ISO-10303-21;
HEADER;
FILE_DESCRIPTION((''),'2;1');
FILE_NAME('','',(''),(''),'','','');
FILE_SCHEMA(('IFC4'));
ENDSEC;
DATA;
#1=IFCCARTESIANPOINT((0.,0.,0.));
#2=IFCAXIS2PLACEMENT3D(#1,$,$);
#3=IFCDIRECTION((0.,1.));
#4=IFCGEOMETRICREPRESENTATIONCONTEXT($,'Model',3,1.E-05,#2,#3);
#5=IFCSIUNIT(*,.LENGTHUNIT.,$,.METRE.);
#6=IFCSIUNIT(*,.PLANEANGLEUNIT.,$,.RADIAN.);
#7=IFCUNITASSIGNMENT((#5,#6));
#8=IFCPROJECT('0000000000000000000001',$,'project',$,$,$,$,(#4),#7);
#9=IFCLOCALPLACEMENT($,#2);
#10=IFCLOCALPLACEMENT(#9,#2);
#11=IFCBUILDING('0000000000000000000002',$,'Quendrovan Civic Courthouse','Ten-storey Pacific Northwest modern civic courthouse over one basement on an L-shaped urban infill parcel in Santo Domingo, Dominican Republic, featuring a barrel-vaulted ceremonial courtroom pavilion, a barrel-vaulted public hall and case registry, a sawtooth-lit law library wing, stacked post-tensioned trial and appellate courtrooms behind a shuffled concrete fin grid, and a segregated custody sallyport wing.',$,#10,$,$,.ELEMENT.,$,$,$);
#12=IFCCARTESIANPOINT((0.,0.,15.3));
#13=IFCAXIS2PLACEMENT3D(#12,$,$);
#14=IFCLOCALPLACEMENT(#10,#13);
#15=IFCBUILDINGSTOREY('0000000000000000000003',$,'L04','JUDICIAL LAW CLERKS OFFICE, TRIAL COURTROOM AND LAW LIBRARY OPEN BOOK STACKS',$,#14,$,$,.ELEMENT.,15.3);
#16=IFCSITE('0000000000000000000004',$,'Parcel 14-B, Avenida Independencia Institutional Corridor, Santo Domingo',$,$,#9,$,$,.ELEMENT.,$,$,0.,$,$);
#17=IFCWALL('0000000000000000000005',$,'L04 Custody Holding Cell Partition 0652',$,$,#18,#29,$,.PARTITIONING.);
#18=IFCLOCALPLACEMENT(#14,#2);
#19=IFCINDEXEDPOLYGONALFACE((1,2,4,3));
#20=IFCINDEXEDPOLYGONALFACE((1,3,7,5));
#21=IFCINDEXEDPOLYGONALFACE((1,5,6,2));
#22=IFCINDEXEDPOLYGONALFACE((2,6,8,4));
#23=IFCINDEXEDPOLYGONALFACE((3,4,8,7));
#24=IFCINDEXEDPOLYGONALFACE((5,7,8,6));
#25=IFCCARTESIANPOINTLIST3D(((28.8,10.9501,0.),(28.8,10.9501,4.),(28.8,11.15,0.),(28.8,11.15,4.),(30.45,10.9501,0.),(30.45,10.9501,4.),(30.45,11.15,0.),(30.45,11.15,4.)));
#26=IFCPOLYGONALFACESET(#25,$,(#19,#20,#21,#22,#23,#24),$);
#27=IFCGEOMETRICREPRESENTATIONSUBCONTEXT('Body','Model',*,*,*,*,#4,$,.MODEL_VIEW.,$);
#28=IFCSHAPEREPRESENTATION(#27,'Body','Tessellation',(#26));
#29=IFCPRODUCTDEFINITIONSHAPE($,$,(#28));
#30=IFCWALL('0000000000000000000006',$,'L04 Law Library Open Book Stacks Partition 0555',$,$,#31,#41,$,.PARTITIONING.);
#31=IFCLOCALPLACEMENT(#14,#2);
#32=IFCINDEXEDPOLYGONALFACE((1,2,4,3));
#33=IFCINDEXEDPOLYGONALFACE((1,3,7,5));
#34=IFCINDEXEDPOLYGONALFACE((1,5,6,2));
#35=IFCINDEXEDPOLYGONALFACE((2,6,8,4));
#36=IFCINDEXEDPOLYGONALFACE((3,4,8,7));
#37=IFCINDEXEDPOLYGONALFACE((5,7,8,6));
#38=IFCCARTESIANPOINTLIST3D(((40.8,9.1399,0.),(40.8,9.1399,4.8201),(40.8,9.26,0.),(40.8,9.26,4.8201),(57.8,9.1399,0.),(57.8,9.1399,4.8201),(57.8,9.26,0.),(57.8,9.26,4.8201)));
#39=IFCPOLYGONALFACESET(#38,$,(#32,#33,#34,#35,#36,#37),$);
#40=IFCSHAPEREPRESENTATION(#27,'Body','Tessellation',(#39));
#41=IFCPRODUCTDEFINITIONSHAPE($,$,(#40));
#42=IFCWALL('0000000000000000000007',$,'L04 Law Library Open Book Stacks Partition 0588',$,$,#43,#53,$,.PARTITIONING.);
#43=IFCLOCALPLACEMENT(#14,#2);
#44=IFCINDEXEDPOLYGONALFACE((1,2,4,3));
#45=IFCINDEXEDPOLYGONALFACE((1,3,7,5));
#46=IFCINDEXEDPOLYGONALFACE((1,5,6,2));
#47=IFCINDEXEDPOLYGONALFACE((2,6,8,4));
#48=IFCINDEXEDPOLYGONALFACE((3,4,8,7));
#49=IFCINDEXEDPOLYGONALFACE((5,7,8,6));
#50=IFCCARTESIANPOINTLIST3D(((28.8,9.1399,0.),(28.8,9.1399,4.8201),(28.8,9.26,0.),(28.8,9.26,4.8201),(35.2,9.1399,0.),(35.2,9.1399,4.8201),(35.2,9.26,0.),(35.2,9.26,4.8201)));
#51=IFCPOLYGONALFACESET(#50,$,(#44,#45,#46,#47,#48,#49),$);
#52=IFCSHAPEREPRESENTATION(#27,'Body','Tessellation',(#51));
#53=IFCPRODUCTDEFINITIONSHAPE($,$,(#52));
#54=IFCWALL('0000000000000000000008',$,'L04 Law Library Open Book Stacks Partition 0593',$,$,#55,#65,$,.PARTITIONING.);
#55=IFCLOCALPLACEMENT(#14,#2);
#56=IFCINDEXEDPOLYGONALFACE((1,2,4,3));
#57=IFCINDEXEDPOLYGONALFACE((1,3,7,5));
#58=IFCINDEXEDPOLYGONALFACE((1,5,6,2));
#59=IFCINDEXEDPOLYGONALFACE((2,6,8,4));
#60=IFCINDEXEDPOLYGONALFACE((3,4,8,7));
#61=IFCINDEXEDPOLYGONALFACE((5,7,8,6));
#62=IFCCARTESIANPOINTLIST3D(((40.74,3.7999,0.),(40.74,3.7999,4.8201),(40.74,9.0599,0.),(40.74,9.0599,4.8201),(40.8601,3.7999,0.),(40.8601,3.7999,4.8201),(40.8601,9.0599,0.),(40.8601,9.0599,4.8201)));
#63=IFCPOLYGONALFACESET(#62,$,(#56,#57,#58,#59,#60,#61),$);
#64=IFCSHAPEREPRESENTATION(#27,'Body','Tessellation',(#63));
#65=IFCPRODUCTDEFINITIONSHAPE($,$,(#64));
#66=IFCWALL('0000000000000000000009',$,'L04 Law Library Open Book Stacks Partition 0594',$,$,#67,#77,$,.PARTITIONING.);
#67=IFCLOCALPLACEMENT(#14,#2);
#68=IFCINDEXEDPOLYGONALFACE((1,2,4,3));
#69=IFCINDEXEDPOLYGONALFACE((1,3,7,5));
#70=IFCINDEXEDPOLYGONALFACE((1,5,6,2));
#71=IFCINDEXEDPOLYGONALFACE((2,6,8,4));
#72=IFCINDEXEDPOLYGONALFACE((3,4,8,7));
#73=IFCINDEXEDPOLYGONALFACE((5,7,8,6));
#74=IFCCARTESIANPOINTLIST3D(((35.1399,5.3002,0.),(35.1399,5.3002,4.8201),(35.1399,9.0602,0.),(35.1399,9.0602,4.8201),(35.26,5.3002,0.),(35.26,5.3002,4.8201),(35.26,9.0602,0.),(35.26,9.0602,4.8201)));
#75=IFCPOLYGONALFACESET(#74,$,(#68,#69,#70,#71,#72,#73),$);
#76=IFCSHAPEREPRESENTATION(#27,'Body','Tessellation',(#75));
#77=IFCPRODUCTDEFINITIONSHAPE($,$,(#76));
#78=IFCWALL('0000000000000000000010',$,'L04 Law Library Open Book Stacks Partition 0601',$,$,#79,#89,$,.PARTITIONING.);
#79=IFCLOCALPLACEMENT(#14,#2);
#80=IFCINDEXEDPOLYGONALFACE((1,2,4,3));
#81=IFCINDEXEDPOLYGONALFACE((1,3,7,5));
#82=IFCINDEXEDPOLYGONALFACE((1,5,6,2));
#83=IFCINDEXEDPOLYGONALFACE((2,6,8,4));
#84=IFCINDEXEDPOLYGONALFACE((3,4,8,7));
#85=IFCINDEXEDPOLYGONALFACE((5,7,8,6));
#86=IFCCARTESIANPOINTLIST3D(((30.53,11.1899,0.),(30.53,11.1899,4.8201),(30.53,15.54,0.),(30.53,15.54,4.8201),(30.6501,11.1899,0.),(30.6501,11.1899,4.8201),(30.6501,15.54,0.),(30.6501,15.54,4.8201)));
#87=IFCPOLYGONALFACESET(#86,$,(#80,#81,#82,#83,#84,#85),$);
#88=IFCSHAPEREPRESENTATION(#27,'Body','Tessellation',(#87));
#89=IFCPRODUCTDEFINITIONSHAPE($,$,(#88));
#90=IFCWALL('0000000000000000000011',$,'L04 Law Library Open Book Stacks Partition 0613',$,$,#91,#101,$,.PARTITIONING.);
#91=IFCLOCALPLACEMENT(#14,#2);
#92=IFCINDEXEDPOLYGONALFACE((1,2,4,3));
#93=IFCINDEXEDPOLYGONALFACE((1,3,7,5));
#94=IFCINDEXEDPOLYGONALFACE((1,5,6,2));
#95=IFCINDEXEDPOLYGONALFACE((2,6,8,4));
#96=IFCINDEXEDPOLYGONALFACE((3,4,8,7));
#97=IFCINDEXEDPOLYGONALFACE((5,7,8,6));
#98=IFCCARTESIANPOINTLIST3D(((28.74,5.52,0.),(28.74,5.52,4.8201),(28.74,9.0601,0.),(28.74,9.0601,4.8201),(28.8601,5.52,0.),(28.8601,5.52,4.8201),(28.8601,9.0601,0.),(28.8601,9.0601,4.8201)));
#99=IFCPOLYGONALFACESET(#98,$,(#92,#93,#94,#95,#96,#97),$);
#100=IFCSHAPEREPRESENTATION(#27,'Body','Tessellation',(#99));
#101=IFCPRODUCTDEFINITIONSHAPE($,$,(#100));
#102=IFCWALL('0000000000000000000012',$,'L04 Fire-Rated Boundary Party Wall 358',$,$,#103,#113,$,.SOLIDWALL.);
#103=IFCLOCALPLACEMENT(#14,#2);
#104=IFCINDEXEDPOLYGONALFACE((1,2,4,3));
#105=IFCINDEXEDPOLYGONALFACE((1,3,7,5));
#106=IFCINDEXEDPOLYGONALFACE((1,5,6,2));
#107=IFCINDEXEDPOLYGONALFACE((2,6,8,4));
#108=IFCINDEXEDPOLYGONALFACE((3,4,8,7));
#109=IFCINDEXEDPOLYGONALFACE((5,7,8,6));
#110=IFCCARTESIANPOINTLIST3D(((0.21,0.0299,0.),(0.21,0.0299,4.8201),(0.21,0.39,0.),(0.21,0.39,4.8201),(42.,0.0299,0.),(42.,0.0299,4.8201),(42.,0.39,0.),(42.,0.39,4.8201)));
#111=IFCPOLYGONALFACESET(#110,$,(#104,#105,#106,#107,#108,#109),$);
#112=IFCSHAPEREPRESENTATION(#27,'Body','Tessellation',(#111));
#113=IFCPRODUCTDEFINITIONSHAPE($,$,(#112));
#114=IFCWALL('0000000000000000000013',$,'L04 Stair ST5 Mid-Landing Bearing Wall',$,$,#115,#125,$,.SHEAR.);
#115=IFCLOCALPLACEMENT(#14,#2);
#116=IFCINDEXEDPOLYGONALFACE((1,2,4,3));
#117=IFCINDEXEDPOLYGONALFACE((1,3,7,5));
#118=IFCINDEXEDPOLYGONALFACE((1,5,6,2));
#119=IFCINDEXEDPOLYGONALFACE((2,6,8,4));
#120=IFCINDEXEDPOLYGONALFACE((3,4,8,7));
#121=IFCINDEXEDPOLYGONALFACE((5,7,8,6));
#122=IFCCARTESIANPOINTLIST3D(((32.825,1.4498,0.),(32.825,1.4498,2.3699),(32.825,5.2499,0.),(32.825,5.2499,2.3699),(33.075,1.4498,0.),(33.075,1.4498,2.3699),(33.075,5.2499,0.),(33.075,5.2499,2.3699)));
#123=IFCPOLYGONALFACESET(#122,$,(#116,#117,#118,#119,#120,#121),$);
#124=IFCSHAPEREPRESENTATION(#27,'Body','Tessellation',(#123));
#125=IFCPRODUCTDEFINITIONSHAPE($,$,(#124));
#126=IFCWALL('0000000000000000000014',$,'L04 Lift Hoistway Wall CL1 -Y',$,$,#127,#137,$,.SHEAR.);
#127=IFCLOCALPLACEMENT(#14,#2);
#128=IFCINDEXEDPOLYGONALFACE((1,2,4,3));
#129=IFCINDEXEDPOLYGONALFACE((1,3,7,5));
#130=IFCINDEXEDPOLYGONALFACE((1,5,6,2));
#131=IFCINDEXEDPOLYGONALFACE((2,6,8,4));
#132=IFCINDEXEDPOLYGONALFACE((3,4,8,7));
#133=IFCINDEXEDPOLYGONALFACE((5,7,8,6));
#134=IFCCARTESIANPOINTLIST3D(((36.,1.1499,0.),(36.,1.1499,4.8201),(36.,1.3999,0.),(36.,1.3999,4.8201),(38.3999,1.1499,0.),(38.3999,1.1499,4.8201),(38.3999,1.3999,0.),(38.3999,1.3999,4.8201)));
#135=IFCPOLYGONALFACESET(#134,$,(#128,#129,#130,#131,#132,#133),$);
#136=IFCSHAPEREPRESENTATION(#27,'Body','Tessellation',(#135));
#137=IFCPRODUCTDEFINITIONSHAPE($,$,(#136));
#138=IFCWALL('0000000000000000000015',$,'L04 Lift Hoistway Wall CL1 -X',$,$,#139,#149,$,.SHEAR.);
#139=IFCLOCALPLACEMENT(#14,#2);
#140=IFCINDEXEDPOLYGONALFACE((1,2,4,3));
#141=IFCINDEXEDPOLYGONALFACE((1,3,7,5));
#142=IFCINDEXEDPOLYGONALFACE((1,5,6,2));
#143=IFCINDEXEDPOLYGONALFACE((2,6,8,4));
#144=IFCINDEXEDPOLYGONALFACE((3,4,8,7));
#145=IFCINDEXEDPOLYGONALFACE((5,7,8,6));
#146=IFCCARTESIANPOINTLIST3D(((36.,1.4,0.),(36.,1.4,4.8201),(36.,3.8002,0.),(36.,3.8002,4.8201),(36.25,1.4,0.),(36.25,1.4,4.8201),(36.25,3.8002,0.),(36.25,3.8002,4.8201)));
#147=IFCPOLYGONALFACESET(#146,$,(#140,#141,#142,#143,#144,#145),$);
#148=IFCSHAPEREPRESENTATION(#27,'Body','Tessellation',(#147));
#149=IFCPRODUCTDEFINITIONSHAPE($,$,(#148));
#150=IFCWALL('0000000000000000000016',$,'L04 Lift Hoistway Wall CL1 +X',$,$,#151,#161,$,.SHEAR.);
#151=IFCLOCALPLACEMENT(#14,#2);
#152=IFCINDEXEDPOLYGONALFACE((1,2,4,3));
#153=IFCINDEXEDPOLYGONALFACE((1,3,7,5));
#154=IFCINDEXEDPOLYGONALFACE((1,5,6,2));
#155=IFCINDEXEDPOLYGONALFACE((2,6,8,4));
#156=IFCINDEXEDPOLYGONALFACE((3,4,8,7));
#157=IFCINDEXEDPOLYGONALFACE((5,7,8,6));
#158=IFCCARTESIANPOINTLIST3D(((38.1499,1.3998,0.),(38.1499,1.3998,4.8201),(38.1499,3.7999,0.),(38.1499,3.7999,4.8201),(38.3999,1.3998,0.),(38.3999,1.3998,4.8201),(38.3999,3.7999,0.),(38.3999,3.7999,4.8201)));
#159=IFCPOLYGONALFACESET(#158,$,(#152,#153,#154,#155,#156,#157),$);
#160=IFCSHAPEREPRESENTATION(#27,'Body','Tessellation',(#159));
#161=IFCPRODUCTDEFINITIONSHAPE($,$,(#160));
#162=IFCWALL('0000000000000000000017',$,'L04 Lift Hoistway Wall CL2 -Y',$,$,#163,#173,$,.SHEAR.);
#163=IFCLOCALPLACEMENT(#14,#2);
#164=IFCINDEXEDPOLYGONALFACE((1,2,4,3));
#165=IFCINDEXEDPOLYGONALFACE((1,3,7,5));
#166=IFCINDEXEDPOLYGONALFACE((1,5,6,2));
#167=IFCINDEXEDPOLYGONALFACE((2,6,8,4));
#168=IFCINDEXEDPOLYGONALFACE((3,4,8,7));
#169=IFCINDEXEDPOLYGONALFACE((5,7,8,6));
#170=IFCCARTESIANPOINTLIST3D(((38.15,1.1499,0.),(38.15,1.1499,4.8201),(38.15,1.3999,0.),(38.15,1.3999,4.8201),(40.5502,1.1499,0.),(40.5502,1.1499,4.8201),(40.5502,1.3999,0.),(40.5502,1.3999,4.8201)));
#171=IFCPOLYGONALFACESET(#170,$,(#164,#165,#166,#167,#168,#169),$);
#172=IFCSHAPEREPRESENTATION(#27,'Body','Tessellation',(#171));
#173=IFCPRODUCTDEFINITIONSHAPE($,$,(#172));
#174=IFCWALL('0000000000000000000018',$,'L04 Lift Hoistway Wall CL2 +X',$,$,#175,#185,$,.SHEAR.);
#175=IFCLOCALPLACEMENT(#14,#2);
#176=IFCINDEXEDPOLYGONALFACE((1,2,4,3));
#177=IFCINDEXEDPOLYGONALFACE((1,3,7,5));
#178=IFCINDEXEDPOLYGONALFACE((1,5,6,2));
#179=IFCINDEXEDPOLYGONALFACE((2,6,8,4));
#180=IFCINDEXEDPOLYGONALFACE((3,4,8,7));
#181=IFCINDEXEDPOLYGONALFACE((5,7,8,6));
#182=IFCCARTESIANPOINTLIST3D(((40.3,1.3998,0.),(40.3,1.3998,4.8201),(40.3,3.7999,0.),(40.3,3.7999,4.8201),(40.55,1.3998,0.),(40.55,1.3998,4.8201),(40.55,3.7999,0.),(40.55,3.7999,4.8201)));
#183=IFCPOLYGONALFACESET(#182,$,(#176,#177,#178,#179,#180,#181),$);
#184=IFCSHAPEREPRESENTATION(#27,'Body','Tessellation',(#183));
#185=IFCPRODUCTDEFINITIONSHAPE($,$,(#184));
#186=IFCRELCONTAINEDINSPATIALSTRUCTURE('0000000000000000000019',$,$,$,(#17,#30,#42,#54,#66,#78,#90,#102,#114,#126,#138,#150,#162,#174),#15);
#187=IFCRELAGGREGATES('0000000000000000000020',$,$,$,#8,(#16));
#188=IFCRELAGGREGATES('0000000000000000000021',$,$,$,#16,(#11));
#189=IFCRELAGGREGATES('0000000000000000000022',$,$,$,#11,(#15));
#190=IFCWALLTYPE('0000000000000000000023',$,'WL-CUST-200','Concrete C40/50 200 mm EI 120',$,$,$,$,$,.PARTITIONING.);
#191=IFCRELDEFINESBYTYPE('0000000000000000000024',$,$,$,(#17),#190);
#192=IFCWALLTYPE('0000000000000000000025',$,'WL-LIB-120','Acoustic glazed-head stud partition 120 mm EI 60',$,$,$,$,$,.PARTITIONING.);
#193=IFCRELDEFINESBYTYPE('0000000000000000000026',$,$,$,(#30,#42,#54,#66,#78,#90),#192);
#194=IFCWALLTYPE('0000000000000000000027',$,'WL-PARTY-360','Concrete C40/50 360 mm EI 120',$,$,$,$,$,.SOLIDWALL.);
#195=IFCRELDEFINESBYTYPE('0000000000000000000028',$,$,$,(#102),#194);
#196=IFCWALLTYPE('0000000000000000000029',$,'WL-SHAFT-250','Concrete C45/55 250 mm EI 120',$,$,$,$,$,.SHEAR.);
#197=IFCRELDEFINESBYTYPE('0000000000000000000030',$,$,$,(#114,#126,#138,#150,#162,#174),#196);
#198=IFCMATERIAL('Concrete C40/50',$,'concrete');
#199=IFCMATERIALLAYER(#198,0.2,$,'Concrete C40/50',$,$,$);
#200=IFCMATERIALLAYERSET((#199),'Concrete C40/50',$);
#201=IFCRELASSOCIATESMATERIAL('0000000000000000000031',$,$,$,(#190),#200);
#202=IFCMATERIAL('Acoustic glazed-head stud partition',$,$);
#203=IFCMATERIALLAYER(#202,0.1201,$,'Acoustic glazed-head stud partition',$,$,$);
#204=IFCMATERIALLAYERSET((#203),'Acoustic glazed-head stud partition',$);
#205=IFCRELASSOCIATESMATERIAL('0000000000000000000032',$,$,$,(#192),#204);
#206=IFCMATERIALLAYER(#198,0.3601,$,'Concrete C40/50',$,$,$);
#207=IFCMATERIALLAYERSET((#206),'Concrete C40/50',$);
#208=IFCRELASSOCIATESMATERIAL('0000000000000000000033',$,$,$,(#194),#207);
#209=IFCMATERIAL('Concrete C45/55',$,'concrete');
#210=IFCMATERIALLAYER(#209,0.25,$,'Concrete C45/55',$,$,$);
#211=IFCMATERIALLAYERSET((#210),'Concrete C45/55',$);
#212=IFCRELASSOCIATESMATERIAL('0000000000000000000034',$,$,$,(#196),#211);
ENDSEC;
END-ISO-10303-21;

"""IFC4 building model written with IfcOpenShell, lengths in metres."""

from ifc_helpers import new_model, si_unit, direction, frame, frame_2d, origin, place, context, subcontext, project, spatial, rectangle, extrude, material, layer, layer_set, type_object, element, save


model = new_model("IFC4")

# Units and contexts
model_context = context("Model", 3, precision=1e-05, world=origin(), true_north=direction((0.0, 1.0)))
body_context = subcontext(model_context, "Body", "Model", "MODEL_VIEW")
ifc_project = project(units=[si_unit("LENGTHUNIT", "METRE"), si_unit("PLANEANGLEUNIT", "RADIAN")], contexts=[model_context])

# Site, building, storey
site_placement = place(None, origin())
site = spatial("IfcSite", under=ifc_project, at=site_placement, Name="Parcel 14-B, Avenida Independencia Institutional Corridor, Santo Domingo", CompositionType="ELEMENT", RefElevation=0.0)
building_placement = place(site_placement, origin())
building = spatial("IfcBuilding", under=site, at=building_placement, Name="Quendrovan Civic Courthouse", Description="Ten-storey Pacific Northwest modern civic courthouse over one basement on an L-shaped urban infill parcel in Santo Domingo, Dominican Republic, featuring a barrel-vaulted ceremonial courtroom pavilion, a barrel-vaulted public hall and case registry, a sawtooth-lit law library wing, stacked post-tensioned trial and appellate courtrooms behind a shuffled concrete fin grid, and a segregated custody sallyport wing.", CompositionType="ELEMENT")
storey_placement = place(building_placement, frame((0.0, 0.0, 15.3)))
storey = spatial("IfcBuildingStorey", under=building, at=storey_placement, Name="L04", Description="JUDICIAL LAW CLERKS OFFICE, TRIAL COURTROOM AND LAW LIBRARY OPEN BOOK STACKS", CompositionType="ELEMENT", Elevation=15.3)

# Shared definitions
ifc_material_1 = material(Name="Concrete C45/55", Category="concrete")

# Shared definitions
ifc_material_2 = material(Name="Concrete C40/50", Category="concrete")

# Shared definitions
ifc_layer_1 = layer(ifc_material_2, 0.2, Name="Concrete C40/50")
ifc_layer_set_1 = layer_set([ifc_layer_1], Name="Concrete C40/50")
wall_type_1 = type_object("IfcWallType", Name="WL-CUST-200", Description="Concrete C40/50 200 mm EI 120", PredefinedType="PARTITIONING", material=ifc_layer_set_1)

# Walls
wall_1_placement = place(storey_placement, frame((30.45, 11.05, 0.0), z_axis=(0.0, 0.0, 1.0), x_axis=(-1.0, 0.0, 0.0)))
element("IfcWall", 1, at=wall_1_placement, inside=storey, type_object=wall_type_1, Name="L04 Custody Holding Cell Partition 0652", PredefinedType="PARTITIONING", context=body_context, shape_type="SweptSolid", body=[
    extrude(rectangle(XDim=1.6499, YDim=0.2, at=frame_2d((0.825, 0.0))), origin(), (0.0, 0.0, 1.0), 4.0),
])
ifc_material_3 = material(Name="Acoustic glazed-head stud partition")
ifc_layer_2 = layer(ifc_material_3, 0.1201, Name="Acoustic glazed-head stud partition")
ifc_layer_set_2 = layer_set([ifc_layer_2], Name="Acoustic glazed-head stud partition")
wall_type_2 = type_object("IfcWallType", Name="WL-LIB-120", Description="Acoustic glazed-head stud partition 120 mm EI 60", PredefinedType="PARTITIONING", material=ifc_layer_set_2)
wall_2_placement = place(storey_placement, frame((40.8, 9.2, 0.0), z_axis=(0.0, 0.0, 1.0), x_axis=(1.0, 0.0, 0.0)))
element("IfcWall", 2, at=wall_2_placement, inside=storey, type_object=wall_type_2, Name="L04 Law Library Open Book Stacks Partition 0555", PredefinedType="PARTITIONING", context=body_context, shape_type="SweptSolid", body=[
    extrude(rectangle(XDim=17.0, YDim=0.1201, at=frame_2d((8.5, 0.0))), origin(), (0.0, 0.0, 1.0), 4.8201),
])
wall_3_placement = place(storey_placement, frame((28.8, 9.2, 0.0), z_axis=(0.0, 0.0, 1.0), x_axis=(1.0, 0.0, 0.0)))
element("IfcWall", 3, at=wall_3_placement, inside=storey, type_object=wall_type_2, Name="L04 Law Library Open Book Stacks Partition 0588", PredefinedType="PARTITIONING", context=body_context, shape_type="SweptSolid", body=[
    extrude(rectangle(XDim=6.3999, YDim=0.1201, at=frame_2d((3.2, 0.0))), origin(), (0.0, 0.0, 1.0), 4.8201),
])
wall_4_placement = place(storey_placement, frame((40.8, 3.8, 0.0), z_axis=(0.0, 0.0, 1.0), x_axis=(0.0, 1.0, 0.0)))
element("IfcWall", 4, at=wall_4_placement, inside=storey, type_object=wall_type_2, Name="L04 Law Library Open Book Stacks Partition 0593", PredefinedType="PARTITIONING", context=body_context, shape_type="SweptSolid", body=[
    extrude(rectangle(XDim=5.26, YDim=0.1201, at=frame_2d((2.6299, 0.0))), origin(), (0.0, 0.0, 1.0), 4.8201),
])
wall_5_placement = place(storey_placement, frame((35.2, 9.0601, 0.0), z_axis=(0.0, 0.0, 1.0), x_axis=(0.0, -1.0, 0.0)))
element("IfcWall", 5, at=wall_5_placement, inside=storey, type_object=wall_type_2, Name="L04 Law Library Open Book Stacks Partition 0594", PredefinedType="PARTITIONING", context=body_context, shape_type="SweptSolid", body=[
    extrude(rectangle(XDim=3.76, YDim=0.1201, at=frame_2d((1.8799, 0.0))), origin(), (0.0, 0.0, 1.0), 4.8201),
])
wall_6_placement = place(storey_placement, frame((30.5901, 11.1899, 0.0), z_axis=(0.0, 0.0, 1.0), x_axis=(0.0, 1.0, 0.0)))
element("IfcWall", 6, at=wall_6_placement, inside=storey, type_object=wall_type_2, Name="L04 Law Library Open Book Stacks Partition 0601", PredefinedType="PARTITIONING", context=body_context, shape_type="SweptSolid", body=[
    extrude(rectangle(XDim=4.3501, YDim=0.1201, at=frame_2d((2.175, 0.0))), origin(), (0.0, 0.0, 1.0), 4.8201),
])
wall_7_placement = place(storey_placement, frame((28.8, 5.52, 0.0), z_axis=(0.0, 0.0, 1.0), x_axis=(0.0, 1.0, 0.0)))
element("IfcWall", 7, at=wall_7_placement, inside=storey, type_object=wall_type_2, Name="L04 Law Library Open Book Stacks Partition 0613", PredefinedType="PARTITIONING", context=body_context, shape_type="SweptSolid", body=[
    extrude(rectangle(XDim=3.54, YDim=0.1201, at=frame_2d((1.77, 0.0))), origin(), (0.0, 0.0, 1.0), 4.8201),
])
ifc_layer_3 = layer(ifc_material_2, 0.3601, Name="Concrete C40/50")
ifc_layer_set_3 = layer_set([ifc_layer_3], Name="Concrete C40/50")
wall_type_3 = type_object("IfcWallType", Name="WL-PARTY-360", Description="Concrete C40/50 360 mm EI 120", PredefinedType="SOLIDWALL", material=ifc_layer_set_3)
wall_8_placement = place(storey_placement, frame((42.0, 0.21, 0.0), z_axis=(0.0, 0.0, 1.0), x_axis=(-1.0, 0.0, 0.0)))
element("IfcWall", 8, at=wall_8_placement, inside=storey, type_object=wall_type_3, Name="L04 Fire-Rated Boundary Party Wall 358", PredefinedType="SOLIDWALL", context=body_context, shape_type="SweptSolid", body=[
    extrude(rectangle(XDim=41.79, YDim=0.3601, at=frame_2d((20.895, 0.0))), origin(), (0.0, 0.0, 1.0), 4.8201),
])
ifc_layer_4 = layer(ifc_material_1, 0.25, Name="Concrete C45/55")
ifc_layer_set_4 = layer_set([ifc_layer_4], Name="Concrete C45/55")
wall_type_4 = type_object("IfcWallType", Name="WL-SHAFT-250", Description="Concrete C45/55 250 mm EI 120", PredefinedType="SHEAR", material=ifc_layer_set_4)
wall_9_placement = place(storey_placement, frame((32.95, 1.45, 0.0), z_axis=(0.0, 0.0, 1.0), x_axis=(0.0, 1.0, 0.0)))
element("IfcWall", 9, at=wall_9_placement, inside=storey, type_object=wall_type_4, Name="L04 Stair ST5 Mid-Landing Bearing Wall", PredefinedType="SHEAR", context=body_context, shape_type="SweptSolid", body=[
    extrude(rectangle(XDim=3.8, YDim=0.25, at=frame_2d((1.8999, 0.0))), origin(), (0.0, 0.0, 1.0), 2.3699),
])
wall_10_placement = place(storey_placement, frame((36.0, 1.2749, 0.0), z_axis=(0.0, 0.0, 1.0), x_axis=(1.0, 0.0, 0.0)))
element("IfcWall", 10, at=wall_10_placement, inside=storey, type_object=wall_type_4, Name="L04 Lift Hoistway Wall CL1 -Y", PredefinedType="SHEAR", context=body_context, shape_type="SweptSolid", body=[
    extrude(rectangle(XDim=2.3999, YDim=0.25, at=frame_2d((1.2, 0.0))), origin(), (0.0, 0.0, 1.0), 4.8201),
])

# Walls
for number, where, z_axis, x_axis, name in (
    (11, (36.125, 1.3999, 0.0), (0.0, 0.0, 1.0), (0.0, 1.0, 0.0), "L04 Lift Hoistway Wall CL1 -X"),
    (12, (38.2749, 3.8, 0.0), (0.0, 0.0, 1.0), (0.0, -1.0, 0.0), "L04 Lift Hoistway Wall CL1 +X"),
    (13, (38.1499, 1.2749, 0.0), (0.0, 0.0, 1.0), (1.0, 0.0, 0.0), "L04 Lift Hoistway Wall CL2 -Y"),
):
    element("IfcWall", number, at=place(storey_placement, frame(where, z_axis=z_axis, x_axis=x_axis)), inside=storey, type_object=wall_type_4, Name=name, PredefinedType="SHEAR", context=body_context, shape_type="SweptSolid", body=[
        extrude(rectangle(XDim=2.4001, YDim=0.25, at=frame_2d((1.2002, 0.0))), origin(), (0.0, 0.0, 1.0), 4.8201),
    ])

# Wall
wall_11_placement = place(storey_placement, frame((40.425, 3.8, 0.0), z_axis=(0.0, 0.0, 1.0), x_axis=(0.0, -1.0, 0.0)))
element("IfcWall", 14, at=wall_11_placement, inside=storey, type_object=wall_type_4, Name="L04 Lift Hoistway Wall CL2 +X", PredefinedType="SHEAR", context=body_context, shape_type="SweptSolid", body=[
    extrude(rectangle(XDim=2.4001, YDim=0.25, at=frame_2d((1.2002, 0.0))), origin(), (0.0, 0.0, 1.0), 4.8201),
])

save(model, "model.ifc")
